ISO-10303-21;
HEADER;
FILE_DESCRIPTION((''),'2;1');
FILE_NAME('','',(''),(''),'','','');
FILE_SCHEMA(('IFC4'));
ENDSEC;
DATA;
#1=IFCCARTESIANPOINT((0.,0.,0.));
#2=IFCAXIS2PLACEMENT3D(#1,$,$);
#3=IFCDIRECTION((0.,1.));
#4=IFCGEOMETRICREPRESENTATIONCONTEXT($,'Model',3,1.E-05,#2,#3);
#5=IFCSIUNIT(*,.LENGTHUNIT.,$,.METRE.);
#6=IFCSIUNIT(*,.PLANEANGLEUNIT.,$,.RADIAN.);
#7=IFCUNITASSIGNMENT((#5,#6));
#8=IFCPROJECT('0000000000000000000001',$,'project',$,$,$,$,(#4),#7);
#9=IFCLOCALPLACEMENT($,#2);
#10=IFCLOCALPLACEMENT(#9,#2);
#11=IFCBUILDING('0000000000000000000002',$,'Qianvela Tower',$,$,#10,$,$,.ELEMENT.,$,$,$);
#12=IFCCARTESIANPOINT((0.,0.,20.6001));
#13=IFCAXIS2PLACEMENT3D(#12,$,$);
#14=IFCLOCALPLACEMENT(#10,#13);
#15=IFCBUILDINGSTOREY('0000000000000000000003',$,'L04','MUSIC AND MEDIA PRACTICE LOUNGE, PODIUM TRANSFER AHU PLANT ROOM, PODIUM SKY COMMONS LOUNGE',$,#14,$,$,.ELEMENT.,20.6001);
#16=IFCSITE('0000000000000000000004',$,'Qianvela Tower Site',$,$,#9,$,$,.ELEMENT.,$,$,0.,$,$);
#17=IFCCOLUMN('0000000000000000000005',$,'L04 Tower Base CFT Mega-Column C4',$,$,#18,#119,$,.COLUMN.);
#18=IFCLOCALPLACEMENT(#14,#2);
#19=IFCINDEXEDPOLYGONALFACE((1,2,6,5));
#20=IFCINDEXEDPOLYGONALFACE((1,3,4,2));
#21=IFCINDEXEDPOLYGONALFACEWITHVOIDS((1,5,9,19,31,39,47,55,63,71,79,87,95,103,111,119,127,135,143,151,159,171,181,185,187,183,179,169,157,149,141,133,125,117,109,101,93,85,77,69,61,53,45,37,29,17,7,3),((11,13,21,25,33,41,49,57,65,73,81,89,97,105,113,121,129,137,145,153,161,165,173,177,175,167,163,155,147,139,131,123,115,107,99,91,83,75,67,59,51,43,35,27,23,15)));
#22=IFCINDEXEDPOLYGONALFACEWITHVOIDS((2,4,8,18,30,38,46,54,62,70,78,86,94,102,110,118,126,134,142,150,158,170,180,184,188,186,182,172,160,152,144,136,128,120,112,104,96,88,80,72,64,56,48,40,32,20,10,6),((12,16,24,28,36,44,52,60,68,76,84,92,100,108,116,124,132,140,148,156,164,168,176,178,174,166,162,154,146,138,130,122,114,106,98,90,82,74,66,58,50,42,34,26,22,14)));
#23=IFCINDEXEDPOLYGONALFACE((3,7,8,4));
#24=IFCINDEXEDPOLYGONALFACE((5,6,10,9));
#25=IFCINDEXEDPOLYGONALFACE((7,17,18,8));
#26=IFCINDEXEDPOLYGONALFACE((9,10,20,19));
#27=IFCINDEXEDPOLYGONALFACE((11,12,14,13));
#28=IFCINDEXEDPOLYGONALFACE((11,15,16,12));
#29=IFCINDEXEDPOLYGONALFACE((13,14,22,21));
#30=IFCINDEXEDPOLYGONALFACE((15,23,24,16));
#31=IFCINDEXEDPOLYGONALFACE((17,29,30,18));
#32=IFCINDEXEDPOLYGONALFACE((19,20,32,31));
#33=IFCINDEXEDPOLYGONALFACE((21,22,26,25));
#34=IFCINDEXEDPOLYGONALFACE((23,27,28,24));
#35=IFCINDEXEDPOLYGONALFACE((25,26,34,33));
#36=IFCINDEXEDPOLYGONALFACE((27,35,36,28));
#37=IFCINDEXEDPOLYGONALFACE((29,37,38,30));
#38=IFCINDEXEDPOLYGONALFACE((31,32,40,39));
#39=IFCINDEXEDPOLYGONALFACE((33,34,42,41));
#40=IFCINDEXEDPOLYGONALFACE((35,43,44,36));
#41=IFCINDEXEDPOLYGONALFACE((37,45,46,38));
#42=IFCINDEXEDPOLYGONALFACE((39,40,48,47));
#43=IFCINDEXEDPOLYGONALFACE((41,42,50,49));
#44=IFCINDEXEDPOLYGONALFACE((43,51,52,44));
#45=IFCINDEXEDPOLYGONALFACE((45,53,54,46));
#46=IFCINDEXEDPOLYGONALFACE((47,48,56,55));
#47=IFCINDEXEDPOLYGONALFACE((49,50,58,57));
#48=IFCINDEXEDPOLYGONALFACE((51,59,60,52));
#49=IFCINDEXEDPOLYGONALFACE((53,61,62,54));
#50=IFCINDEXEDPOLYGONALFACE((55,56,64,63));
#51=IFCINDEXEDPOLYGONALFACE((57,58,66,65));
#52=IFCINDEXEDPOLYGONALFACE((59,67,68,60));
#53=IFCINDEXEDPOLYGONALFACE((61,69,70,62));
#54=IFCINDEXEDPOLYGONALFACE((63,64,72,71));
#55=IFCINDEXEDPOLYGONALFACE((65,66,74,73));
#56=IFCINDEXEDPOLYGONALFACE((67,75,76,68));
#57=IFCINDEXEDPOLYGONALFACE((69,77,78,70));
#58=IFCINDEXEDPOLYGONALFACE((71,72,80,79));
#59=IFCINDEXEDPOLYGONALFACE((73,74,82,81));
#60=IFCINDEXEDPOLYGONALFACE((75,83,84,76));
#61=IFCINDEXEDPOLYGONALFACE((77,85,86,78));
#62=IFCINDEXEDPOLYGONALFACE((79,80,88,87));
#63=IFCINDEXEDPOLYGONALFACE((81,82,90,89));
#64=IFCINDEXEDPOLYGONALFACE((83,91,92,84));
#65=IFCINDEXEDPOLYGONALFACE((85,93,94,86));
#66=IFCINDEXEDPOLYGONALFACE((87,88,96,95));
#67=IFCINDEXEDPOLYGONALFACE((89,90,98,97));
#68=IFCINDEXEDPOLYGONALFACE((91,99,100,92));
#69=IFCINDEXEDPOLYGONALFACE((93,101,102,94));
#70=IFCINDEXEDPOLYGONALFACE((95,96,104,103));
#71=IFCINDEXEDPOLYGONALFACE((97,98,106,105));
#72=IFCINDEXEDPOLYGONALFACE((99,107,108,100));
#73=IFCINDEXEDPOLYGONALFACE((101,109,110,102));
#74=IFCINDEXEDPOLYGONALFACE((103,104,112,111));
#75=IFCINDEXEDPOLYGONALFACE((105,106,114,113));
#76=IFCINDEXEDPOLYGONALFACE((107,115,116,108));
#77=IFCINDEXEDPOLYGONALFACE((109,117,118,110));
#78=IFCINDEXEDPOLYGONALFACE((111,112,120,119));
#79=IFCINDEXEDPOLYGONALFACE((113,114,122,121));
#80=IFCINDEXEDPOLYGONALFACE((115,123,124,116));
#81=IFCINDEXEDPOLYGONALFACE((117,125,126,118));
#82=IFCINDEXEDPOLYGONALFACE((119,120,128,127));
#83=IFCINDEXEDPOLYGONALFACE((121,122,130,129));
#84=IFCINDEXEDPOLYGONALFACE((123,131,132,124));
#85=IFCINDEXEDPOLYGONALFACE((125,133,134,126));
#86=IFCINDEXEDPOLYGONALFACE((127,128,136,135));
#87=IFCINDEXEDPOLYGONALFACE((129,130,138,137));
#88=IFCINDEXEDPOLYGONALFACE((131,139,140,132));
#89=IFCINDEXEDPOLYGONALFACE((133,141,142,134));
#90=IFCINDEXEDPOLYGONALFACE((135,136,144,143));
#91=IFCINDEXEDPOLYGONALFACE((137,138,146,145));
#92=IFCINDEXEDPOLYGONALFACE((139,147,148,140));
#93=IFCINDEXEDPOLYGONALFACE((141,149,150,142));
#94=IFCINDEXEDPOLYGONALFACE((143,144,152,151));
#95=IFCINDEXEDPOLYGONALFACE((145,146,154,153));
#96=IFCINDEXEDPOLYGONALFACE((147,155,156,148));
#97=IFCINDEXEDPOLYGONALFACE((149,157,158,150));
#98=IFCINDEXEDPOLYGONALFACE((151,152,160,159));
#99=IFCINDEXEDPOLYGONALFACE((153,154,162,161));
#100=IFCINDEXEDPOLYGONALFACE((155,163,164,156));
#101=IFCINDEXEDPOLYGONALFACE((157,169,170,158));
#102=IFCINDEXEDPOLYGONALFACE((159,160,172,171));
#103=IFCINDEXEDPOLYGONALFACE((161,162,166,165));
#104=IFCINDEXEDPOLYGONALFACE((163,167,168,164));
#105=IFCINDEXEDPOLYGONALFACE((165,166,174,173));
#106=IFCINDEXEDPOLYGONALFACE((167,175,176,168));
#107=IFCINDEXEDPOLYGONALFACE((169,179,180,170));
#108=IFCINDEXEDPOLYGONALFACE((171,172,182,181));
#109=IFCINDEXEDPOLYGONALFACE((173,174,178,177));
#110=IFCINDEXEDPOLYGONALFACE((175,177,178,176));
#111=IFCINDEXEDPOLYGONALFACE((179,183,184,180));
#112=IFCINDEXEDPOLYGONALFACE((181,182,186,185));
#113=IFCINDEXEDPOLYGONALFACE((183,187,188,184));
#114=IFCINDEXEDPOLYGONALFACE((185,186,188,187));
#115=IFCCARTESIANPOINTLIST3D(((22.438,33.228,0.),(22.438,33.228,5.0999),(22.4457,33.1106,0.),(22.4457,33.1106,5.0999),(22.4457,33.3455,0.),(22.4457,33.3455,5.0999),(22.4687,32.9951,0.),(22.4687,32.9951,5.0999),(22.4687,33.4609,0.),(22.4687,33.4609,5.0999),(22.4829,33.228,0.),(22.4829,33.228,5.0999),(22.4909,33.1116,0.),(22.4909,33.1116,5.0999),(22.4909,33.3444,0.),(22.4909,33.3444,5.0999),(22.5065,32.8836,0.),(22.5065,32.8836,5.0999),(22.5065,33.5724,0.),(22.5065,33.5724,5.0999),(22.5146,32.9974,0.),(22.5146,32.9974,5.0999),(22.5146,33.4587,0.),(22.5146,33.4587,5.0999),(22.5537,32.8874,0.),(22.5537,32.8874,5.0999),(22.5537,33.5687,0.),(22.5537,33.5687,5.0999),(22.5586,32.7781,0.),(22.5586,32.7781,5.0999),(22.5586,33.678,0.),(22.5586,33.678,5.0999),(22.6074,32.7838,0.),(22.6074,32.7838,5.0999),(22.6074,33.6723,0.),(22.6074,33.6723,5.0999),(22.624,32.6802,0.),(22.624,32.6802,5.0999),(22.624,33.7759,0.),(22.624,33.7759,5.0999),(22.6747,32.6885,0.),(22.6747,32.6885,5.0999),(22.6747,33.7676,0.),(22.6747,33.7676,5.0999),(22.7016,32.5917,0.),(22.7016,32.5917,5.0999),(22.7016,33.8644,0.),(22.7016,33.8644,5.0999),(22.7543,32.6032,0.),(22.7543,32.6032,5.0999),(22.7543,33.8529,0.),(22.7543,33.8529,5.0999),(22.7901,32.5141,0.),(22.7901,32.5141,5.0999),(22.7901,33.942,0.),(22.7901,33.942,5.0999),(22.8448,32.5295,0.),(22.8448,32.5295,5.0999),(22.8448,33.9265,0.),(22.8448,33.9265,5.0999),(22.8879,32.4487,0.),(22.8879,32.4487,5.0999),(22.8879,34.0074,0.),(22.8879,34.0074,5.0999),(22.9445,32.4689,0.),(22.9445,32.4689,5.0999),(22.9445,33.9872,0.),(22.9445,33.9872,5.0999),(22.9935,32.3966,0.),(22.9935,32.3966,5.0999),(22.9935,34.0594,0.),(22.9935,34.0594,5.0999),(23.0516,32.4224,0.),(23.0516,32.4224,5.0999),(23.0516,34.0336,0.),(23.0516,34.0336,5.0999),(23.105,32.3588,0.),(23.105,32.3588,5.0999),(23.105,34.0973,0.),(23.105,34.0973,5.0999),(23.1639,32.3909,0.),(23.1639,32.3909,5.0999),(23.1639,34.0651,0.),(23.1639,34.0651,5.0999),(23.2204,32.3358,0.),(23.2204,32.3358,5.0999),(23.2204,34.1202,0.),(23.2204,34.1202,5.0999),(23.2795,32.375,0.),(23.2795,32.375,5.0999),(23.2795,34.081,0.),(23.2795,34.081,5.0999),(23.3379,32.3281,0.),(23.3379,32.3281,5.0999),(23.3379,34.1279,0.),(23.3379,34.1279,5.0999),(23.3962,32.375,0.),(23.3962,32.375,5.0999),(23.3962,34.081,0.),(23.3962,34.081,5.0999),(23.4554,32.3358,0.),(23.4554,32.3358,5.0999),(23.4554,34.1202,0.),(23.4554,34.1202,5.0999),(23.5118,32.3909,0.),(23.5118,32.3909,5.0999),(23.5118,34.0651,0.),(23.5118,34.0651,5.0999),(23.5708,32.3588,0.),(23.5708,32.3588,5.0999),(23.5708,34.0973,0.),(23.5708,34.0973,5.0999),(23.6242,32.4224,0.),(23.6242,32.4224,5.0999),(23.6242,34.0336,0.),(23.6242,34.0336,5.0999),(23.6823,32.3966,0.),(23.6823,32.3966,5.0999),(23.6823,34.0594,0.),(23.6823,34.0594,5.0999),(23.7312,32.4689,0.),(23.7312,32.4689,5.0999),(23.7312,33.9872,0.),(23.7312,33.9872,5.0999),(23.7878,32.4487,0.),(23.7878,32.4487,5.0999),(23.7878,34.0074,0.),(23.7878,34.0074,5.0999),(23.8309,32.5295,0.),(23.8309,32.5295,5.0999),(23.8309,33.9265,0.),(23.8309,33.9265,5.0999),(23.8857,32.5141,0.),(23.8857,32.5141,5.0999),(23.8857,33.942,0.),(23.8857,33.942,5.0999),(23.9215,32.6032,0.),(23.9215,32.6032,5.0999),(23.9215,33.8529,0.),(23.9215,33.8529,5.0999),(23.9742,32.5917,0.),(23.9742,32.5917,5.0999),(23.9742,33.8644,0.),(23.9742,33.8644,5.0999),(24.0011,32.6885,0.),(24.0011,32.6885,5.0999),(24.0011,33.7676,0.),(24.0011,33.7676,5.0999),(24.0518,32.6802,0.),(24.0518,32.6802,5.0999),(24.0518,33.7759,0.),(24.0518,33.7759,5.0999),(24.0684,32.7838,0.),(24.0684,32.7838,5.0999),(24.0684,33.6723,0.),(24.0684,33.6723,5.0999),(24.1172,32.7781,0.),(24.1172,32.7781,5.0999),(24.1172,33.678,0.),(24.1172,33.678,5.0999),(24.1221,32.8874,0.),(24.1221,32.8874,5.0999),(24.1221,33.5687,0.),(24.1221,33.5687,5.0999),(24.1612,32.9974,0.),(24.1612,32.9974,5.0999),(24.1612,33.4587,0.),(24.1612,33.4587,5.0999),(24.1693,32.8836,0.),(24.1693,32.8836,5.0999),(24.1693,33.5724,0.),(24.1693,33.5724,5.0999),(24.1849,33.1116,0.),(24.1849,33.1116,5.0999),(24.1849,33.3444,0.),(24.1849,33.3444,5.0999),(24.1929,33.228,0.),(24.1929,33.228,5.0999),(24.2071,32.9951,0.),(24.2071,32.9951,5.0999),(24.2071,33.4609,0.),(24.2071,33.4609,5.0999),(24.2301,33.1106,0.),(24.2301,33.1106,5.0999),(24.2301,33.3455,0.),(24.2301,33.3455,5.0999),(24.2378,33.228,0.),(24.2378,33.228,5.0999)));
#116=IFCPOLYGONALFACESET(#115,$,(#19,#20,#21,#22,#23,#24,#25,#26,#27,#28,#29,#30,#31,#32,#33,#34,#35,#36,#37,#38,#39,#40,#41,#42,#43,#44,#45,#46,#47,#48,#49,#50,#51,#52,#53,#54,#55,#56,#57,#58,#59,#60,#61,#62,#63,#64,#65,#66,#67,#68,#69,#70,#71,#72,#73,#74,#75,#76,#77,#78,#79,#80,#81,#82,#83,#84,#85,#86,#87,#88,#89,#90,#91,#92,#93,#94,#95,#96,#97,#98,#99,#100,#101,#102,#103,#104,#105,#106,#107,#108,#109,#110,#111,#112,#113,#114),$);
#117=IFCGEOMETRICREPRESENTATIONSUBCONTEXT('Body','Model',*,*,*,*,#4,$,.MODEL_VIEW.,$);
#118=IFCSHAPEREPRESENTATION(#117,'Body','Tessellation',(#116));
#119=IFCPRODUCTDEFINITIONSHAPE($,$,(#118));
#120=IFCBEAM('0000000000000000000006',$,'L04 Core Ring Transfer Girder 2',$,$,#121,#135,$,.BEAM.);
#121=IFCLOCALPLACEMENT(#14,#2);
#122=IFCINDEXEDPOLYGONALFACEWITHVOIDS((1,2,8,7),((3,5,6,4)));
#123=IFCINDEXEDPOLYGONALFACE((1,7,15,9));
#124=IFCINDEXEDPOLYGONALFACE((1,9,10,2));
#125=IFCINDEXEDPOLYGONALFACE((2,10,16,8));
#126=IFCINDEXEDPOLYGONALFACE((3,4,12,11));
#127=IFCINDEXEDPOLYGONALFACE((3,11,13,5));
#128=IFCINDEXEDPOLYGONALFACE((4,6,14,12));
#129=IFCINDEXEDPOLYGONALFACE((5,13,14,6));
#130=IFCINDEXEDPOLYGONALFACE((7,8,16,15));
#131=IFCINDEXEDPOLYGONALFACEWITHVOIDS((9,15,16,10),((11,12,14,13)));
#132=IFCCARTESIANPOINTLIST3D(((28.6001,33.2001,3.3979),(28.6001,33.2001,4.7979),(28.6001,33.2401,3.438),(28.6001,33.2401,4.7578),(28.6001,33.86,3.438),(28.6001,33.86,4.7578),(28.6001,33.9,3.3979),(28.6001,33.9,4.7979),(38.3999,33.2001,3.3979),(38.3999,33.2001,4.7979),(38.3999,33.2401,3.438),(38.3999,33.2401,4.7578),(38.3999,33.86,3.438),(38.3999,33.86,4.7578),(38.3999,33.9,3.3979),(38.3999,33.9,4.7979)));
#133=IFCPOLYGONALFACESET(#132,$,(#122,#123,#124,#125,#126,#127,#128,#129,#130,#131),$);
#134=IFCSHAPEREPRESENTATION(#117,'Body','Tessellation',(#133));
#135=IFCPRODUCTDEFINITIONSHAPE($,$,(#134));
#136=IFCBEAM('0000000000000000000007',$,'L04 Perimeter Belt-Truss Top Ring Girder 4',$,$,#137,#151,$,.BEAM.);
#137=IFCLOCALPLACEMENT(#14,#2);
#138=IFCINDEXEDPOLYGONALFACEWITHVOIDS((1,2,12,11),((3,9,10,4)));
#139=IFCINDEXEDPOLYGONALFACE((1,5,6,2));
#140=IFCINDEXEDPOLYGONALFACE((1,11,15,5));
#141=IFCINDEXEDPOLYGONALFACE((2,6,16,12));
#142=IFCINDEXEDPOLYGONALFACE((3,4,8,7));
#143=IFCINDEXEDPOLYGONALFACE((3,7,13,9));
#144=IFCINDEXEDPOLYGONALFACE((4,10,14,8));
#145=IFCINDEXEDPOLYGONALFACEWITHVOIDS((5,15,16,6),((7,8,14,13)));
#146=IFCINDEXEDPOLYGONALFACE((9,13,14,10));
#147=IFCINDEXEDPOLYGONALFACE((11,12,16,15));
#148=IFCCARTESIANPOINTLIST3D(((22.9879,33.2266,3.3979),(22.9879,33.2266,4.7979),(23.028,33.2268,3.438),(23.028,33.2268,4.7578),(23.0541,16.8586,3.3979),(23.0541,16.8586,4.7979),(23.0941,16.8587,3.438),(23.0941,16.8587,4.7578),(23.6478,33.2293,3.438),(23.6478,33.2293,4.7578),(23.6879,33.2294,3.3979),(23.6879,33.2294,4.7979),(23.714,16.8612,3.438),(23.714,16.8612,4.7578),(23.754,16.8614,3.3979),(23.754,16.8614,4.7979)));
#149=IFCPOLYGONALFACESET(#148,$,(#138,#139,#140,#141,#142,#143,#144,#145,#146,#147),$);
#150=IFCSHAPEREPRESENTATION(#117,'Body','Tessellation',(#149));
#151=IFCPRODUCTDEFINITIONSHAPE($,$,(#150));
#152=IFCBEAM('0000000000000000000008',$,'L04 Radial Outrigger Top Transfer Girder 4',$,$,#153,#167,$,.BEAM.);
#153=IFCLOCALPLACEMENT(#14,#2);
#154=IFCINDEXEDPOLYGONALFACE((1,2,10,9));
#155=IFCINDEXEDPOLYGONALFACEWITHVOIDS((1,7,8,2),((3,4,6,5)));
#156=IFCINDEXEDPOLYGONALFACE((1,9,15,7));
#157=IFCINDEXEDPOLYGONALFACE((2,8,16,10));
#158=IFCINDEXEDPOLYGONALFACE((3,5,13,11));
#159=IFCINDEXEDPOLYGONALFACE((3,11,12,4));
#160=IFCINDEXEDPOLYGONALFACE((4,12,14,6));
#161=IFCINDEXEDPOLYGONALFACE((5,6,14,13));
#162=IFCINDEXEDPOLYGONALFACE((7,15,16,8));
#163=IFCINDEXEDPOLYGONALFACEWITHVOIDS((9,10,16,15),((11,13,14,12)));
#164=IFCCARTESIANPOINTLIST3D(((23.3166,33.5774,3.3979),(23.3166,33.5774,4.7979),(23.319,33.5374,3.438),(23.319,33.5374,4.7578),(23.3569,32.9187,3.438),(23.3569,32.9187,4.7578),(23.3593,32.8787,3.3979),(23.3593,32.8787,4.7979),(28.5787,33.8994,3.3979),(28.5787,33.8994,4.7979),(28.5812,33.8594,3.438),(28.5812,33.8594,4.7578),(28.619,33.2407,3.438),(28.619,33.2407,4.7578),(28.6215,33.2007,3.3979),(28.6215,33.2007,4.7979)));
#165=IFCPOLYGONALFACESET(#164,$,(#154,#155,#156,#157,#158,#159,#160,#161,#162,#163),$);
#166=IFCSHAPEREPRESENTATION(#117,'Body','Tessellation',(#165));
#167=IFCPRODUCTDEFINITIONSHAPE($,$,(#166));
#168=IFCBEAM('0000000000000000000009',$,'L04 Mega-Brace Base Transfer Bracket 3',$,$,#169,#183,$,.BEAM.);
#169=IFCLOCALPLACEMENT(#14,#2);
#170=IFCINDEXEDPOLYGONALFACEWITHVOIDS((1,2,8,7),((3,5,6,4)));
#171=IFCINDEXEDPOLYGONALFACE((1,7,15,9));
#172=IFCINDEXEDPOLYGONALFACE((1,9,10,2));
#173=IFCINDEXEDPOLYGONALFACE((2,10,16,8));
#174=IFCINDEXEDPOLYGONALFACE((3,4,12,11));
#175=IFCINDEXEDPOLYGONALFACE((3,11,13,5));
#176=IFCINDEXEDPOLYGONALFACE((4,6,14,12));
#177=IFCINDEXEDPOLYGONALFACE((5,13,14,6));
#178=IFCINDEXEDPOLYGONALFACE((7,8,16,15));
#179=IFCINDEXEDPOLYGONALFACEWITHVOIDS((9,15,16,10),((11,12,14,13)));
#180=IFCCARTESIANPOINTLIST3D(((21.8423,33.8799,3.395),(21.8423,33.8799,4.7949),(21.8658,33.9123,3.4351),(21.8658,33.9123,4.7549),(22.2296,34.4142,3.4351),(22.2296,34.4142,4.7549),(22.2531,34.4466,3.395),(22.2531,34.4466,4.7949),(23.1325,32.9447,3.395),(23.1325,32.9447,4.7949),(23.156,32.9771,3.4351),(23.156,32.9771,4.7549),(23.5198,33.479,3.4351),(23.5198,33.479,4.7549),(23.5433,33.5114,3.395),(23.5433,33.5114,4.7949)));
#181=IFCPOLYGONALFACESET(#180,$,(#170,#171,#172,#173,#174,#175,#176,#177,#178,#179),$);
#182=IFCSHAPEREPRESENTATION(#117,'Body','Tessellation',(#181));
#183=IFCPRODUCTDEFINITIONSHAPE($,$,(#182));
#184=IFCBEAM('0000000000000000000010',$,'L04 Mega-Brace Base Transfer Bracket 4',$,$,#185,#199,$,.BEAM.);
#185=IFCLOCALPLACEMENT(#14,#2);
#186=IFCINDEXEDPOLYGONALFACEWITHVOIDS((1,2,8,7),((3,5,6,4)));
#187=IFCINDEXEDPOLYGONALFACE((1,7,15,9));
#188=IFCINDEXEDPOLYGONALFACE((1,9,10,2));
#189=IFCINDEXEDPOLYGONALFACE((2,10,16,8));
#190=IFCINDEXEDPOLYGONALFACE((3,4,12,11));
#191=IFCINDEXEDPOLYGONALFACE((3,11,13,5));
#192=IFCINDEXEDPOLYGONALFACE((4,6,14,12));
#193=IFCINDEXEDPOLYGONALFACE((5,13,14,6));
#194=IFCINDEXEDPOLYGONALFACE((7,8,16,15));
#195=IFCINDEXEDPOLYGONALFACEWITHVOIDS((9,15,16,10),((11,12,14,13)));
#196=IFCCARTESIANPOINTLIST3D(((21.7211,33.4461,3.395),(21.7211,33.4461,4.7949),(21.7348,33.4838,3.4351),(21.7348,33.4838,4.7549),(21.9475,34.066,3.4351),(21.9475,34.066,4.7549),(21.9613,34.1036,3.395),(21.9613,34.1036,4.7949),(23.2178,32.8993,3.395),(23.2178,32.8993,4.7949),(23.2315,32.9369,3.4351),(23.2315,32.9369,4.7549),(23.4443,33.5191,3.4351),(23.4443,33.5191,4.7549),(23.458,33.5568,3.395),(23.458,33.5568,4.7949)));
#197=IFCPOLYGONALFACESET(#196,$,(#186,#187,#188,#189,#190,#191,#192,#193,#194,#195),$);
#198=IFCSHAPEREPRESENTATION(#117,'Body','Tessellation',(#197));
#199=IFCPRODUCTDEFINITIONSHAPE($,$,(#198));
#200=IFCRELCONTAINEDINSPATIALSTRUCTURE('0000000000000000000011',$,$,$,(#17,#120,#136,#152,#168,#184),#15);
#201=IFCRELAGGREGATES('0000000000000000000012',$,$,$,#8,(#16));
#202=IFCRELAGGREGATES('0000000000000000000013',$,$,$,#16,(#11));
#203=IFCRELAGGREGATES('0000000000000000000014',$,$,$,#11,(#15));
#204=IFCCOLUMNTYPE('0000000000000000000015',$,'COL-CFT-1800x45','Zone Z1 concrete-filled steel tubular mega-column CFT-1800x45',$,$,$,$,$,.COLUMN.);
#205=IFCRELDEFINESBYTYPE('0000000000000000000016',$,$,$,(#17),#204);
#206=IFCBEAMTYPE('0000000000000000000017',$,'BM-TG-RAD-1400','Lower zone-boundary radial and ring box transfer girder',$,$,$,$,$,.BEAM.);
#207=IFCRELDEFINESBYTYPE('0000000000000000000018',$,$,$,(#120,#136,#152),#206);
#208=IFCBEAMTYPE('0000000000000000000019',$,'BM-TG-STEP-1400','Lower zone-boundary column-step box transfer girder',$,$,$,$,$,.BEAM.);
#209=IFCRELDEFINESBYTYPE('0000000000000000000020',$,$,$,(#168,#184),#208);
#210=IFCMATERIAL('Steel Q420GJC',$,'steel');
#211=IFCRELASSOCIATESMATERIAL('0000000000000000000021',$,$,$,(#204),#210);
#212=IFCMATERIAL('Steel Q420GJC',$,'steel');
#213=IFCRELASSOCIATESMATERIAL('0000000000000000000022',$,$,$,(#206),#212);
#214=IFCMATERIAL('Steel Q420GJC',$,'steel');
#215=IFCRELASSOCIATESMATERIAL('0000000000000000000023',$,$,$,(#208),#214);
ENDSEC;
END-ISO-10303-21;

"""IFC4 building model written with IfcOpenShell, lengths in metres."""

from ifc_helpers import new_model, si_unit, direction, frame, origin, origin_2d, place, context, subcontext, project, spatial, hollow_rectangle, hollow_circle, extrude, material, material_profile, profile_set, type_object, element, save


model = new_model("IFC4")

# Units and contexts
model_context = context("Model", 3, precision=1e-05, world=origin(), true_north=direction((0.0, 1.0)))
body_context = subcontext(model_context, "Body", "Model", "MODEL_VIEW")
ifc_project = project(units=[si_unit("LENGTHUNIT", "METRE"), si_unit("PLANEANGLEUNIT", "RADIAN")], contexts=[model_context])

# Site, building, storey
site_placement = place(None, origin())
site = spatial("IfcSite", under=ifc_project, at=site_placement, Name="Qianvela Tower Site", CompositionType="ELEMENT", RefElevation=0.0)
building_placement = place(site_placement, origin())
building = spatial("IfcBuilding", under=site, at=building_placement, Name="Qianvela Tower", CompositionType="ELEMENT")
storey_placement = place(building_placement, frame((0.0, 0.0, 20.6001)))
storey = spatial("IfcBuildingStorey", under=building, at=storey_placement, Name="L04", Description="MUSIC AND MEDIA PRACTICE LOUNGE, PODIUM TRANSFER AHU PLANT ROOM, PODIUM SKY COMMONS LOUNGE", CompositionType="ELEMENT", Elevation=20.6001)

# Column
ifc_material_1 = material(Name="Steel Q420GJC", Category="steel")
ifc_material_profile_1 = material_profile(ifc_material_1, hollow_circle(Radius=0.8999, WallThickness=0.0449, at=origin_2d()), Name="CFT-1800x45")
ifc_profile_set_1 = profile_set([ifc_material_profile_1], Name="Steel Q420GJC")
column_type = type_object("IfcColumnType", Name="COL-CFT-1800x45", Description="Zone Z1 concrete-filled steel tubular mega-column CFT-1800x45", PredefinedType="COLUMN", material=ifc_profile_set_1)
for number, where, z_axis, x_axis, name in (
    (1, (23.3379, 33.228, 0.0), (0.0, 0.0, 1.0), (1.0, 0.0, 0.0), "L04 Tower Base CFT Mega-Column C4"),
):
    element("IfcColumn", number, at=place(storey_placement, frame(where, z_axis=z_axis, x_axis=x_axis)), inside=storey, type_object=column_type, Name=name, PredefinedType="COLUMN", context=body_context, shape_type="SweptSolid", body=[
        extrude(hollow_circle(Radius=0.8999, WallThickness=0.0449, at=origin_2d()), origin(), (0.0, 0.0, 1.0), 5.0999),
    ])

# Beams
ifc_material_2 = material(Name="Steel Q420GJC", Category="steel")
ifc_material_profile_2 = material_profile(ifc_material_2, hollow_rectangle(XDim=0.7, YDim=1.3999, WallThickness=0.04, at=origin_2d()), Name="TG-BOX-1400x700x40")
ifc_profile_set_2 = profile_set([ifc_material_profile_2], Name="Steel Q420GJC")
beam_type_1 = type_object("IfcBeamType", Name="BM-TG-RAD-1400", Description="Lower zone-boundary radial and ring box transfer girder", PredefinedType="BEAM", material=ifc_profile_set_2)
beam_1_placement = place(storey_placement, frame((28.6001, 33.55, 4.0979), z_axis=(1.0, 0.0, 0.0), x_axis=(0.0, 1.0, 0.0)))
element("IfcBeam", 2, at=beam_1_placement, inside=storey, type_object=beam_type_1, Name="L04 Core Ring Transfer Girder 2", PredefinedType="BEAM", context=body_context, shape_type="SweptSolid", body=[
    extrude(hollow_rectangle(XDim=0.7, YDim=1.3999, WallThickness=0.04, at=origin_2d()), origin(), (0.0, 0.0, 1.0), 9.7998),
])
beam_2_placement = place(storey_placement, frame((23.3379, 33.228, 4.0979), z_axis=(0.004042, -0.999992, 0.0), x_axis=(0.999992, 0.004042, 0.0)))
element("IfcBeam", 3, at=beam_2_placement, inside=storey, type_object=beam_type_1, Name="L04 Perimeter Belt-Truss Top Ring Girder 4", PredefinedType="BEAM", context=body_context, shape_type="SweptSolid", body=[
    extrude(hollow_rectangle(XDim=0.7, YDim=1.3999, WallThickness=0.04, at=origin_2d()), origin(), (0.0, 0.0, 1.0), 16.3682),
])
beam_3_placement = place(storey_placement, frame((28.6001, 33.55, 4.0979), z_axis=(-0.998133, -0.061081, 0.0), x_axis=(0.061081, -0.998133, 0.0)))
element("IfcBeam", 4, at=beam_3_placement, inside=storey, type_object=beam_type_1, Name="L04 Radial Outrigger Top Transfer Girder 4", PredefinedType="BEAM", context=body_context, shape_type="SweptSolid", body=[
    extrude(hollow_rectangle(XDim=0.7, YDim=1.3999, WallThickness=0.04, at=origin_2d()), origin(), (0.0, 0.0, 1.0), 5.272),
])
ifc_material_3 = material(Name="Steel Q420GJC", Category="steel")
ifc_material_profile_3 = material_profile(ifc_material_3, hollow_rectangle(XDim=0.7, YDim=1.3999, WallThickness=0.04, at=origin_2d()), Name="TG-BOX-1400x700x40")
ifc_profile_set_3 = profile_set([ifc_material_profile_3], Name="Steel Q420GJC")
beam_type_2 = type_object("IfcBeamType", Name="BM-TG-STEP-1400", Description="Lower zone-boundary column-step box transfer girder", PredefinedType="BEAM", material=ifc_profile_set_3)
for number, where, z_axis, x_axis, name in (
    (5, (23.3379, 33.228, 4.095), (-0.809656, 0.586905, 0.0), (-0.586905, -0.809656, 0.0), "L04 Mega-Brace Base Transfer Bracket 3"),
    (6, (23.3379, 33.228, 4.095), (-0.939273, 0.34317, 0.0), (-0.34317, -0.939273, 0.0), "L04 Mega-Brace Base Transfer Bracket 4"),
):
    element("IfcBeam", number, at=place(storey_placement, frame(where, z_axis=z_axis, x_axis=x_axis)), inside=storey, type_object=beam_type_2, Name=name, PredefinedType="BEAM", context=body_context, shape_type="SweptSolid", body=[
        extrude(hollow_rectangle(XDim=0.7, YDim=1.3999, WallThickness=0.04, at=origin_2d()), origin(), (0.0, 0.0, 1.0), 1.5935),
    ])

save(model, "model.ifc")
